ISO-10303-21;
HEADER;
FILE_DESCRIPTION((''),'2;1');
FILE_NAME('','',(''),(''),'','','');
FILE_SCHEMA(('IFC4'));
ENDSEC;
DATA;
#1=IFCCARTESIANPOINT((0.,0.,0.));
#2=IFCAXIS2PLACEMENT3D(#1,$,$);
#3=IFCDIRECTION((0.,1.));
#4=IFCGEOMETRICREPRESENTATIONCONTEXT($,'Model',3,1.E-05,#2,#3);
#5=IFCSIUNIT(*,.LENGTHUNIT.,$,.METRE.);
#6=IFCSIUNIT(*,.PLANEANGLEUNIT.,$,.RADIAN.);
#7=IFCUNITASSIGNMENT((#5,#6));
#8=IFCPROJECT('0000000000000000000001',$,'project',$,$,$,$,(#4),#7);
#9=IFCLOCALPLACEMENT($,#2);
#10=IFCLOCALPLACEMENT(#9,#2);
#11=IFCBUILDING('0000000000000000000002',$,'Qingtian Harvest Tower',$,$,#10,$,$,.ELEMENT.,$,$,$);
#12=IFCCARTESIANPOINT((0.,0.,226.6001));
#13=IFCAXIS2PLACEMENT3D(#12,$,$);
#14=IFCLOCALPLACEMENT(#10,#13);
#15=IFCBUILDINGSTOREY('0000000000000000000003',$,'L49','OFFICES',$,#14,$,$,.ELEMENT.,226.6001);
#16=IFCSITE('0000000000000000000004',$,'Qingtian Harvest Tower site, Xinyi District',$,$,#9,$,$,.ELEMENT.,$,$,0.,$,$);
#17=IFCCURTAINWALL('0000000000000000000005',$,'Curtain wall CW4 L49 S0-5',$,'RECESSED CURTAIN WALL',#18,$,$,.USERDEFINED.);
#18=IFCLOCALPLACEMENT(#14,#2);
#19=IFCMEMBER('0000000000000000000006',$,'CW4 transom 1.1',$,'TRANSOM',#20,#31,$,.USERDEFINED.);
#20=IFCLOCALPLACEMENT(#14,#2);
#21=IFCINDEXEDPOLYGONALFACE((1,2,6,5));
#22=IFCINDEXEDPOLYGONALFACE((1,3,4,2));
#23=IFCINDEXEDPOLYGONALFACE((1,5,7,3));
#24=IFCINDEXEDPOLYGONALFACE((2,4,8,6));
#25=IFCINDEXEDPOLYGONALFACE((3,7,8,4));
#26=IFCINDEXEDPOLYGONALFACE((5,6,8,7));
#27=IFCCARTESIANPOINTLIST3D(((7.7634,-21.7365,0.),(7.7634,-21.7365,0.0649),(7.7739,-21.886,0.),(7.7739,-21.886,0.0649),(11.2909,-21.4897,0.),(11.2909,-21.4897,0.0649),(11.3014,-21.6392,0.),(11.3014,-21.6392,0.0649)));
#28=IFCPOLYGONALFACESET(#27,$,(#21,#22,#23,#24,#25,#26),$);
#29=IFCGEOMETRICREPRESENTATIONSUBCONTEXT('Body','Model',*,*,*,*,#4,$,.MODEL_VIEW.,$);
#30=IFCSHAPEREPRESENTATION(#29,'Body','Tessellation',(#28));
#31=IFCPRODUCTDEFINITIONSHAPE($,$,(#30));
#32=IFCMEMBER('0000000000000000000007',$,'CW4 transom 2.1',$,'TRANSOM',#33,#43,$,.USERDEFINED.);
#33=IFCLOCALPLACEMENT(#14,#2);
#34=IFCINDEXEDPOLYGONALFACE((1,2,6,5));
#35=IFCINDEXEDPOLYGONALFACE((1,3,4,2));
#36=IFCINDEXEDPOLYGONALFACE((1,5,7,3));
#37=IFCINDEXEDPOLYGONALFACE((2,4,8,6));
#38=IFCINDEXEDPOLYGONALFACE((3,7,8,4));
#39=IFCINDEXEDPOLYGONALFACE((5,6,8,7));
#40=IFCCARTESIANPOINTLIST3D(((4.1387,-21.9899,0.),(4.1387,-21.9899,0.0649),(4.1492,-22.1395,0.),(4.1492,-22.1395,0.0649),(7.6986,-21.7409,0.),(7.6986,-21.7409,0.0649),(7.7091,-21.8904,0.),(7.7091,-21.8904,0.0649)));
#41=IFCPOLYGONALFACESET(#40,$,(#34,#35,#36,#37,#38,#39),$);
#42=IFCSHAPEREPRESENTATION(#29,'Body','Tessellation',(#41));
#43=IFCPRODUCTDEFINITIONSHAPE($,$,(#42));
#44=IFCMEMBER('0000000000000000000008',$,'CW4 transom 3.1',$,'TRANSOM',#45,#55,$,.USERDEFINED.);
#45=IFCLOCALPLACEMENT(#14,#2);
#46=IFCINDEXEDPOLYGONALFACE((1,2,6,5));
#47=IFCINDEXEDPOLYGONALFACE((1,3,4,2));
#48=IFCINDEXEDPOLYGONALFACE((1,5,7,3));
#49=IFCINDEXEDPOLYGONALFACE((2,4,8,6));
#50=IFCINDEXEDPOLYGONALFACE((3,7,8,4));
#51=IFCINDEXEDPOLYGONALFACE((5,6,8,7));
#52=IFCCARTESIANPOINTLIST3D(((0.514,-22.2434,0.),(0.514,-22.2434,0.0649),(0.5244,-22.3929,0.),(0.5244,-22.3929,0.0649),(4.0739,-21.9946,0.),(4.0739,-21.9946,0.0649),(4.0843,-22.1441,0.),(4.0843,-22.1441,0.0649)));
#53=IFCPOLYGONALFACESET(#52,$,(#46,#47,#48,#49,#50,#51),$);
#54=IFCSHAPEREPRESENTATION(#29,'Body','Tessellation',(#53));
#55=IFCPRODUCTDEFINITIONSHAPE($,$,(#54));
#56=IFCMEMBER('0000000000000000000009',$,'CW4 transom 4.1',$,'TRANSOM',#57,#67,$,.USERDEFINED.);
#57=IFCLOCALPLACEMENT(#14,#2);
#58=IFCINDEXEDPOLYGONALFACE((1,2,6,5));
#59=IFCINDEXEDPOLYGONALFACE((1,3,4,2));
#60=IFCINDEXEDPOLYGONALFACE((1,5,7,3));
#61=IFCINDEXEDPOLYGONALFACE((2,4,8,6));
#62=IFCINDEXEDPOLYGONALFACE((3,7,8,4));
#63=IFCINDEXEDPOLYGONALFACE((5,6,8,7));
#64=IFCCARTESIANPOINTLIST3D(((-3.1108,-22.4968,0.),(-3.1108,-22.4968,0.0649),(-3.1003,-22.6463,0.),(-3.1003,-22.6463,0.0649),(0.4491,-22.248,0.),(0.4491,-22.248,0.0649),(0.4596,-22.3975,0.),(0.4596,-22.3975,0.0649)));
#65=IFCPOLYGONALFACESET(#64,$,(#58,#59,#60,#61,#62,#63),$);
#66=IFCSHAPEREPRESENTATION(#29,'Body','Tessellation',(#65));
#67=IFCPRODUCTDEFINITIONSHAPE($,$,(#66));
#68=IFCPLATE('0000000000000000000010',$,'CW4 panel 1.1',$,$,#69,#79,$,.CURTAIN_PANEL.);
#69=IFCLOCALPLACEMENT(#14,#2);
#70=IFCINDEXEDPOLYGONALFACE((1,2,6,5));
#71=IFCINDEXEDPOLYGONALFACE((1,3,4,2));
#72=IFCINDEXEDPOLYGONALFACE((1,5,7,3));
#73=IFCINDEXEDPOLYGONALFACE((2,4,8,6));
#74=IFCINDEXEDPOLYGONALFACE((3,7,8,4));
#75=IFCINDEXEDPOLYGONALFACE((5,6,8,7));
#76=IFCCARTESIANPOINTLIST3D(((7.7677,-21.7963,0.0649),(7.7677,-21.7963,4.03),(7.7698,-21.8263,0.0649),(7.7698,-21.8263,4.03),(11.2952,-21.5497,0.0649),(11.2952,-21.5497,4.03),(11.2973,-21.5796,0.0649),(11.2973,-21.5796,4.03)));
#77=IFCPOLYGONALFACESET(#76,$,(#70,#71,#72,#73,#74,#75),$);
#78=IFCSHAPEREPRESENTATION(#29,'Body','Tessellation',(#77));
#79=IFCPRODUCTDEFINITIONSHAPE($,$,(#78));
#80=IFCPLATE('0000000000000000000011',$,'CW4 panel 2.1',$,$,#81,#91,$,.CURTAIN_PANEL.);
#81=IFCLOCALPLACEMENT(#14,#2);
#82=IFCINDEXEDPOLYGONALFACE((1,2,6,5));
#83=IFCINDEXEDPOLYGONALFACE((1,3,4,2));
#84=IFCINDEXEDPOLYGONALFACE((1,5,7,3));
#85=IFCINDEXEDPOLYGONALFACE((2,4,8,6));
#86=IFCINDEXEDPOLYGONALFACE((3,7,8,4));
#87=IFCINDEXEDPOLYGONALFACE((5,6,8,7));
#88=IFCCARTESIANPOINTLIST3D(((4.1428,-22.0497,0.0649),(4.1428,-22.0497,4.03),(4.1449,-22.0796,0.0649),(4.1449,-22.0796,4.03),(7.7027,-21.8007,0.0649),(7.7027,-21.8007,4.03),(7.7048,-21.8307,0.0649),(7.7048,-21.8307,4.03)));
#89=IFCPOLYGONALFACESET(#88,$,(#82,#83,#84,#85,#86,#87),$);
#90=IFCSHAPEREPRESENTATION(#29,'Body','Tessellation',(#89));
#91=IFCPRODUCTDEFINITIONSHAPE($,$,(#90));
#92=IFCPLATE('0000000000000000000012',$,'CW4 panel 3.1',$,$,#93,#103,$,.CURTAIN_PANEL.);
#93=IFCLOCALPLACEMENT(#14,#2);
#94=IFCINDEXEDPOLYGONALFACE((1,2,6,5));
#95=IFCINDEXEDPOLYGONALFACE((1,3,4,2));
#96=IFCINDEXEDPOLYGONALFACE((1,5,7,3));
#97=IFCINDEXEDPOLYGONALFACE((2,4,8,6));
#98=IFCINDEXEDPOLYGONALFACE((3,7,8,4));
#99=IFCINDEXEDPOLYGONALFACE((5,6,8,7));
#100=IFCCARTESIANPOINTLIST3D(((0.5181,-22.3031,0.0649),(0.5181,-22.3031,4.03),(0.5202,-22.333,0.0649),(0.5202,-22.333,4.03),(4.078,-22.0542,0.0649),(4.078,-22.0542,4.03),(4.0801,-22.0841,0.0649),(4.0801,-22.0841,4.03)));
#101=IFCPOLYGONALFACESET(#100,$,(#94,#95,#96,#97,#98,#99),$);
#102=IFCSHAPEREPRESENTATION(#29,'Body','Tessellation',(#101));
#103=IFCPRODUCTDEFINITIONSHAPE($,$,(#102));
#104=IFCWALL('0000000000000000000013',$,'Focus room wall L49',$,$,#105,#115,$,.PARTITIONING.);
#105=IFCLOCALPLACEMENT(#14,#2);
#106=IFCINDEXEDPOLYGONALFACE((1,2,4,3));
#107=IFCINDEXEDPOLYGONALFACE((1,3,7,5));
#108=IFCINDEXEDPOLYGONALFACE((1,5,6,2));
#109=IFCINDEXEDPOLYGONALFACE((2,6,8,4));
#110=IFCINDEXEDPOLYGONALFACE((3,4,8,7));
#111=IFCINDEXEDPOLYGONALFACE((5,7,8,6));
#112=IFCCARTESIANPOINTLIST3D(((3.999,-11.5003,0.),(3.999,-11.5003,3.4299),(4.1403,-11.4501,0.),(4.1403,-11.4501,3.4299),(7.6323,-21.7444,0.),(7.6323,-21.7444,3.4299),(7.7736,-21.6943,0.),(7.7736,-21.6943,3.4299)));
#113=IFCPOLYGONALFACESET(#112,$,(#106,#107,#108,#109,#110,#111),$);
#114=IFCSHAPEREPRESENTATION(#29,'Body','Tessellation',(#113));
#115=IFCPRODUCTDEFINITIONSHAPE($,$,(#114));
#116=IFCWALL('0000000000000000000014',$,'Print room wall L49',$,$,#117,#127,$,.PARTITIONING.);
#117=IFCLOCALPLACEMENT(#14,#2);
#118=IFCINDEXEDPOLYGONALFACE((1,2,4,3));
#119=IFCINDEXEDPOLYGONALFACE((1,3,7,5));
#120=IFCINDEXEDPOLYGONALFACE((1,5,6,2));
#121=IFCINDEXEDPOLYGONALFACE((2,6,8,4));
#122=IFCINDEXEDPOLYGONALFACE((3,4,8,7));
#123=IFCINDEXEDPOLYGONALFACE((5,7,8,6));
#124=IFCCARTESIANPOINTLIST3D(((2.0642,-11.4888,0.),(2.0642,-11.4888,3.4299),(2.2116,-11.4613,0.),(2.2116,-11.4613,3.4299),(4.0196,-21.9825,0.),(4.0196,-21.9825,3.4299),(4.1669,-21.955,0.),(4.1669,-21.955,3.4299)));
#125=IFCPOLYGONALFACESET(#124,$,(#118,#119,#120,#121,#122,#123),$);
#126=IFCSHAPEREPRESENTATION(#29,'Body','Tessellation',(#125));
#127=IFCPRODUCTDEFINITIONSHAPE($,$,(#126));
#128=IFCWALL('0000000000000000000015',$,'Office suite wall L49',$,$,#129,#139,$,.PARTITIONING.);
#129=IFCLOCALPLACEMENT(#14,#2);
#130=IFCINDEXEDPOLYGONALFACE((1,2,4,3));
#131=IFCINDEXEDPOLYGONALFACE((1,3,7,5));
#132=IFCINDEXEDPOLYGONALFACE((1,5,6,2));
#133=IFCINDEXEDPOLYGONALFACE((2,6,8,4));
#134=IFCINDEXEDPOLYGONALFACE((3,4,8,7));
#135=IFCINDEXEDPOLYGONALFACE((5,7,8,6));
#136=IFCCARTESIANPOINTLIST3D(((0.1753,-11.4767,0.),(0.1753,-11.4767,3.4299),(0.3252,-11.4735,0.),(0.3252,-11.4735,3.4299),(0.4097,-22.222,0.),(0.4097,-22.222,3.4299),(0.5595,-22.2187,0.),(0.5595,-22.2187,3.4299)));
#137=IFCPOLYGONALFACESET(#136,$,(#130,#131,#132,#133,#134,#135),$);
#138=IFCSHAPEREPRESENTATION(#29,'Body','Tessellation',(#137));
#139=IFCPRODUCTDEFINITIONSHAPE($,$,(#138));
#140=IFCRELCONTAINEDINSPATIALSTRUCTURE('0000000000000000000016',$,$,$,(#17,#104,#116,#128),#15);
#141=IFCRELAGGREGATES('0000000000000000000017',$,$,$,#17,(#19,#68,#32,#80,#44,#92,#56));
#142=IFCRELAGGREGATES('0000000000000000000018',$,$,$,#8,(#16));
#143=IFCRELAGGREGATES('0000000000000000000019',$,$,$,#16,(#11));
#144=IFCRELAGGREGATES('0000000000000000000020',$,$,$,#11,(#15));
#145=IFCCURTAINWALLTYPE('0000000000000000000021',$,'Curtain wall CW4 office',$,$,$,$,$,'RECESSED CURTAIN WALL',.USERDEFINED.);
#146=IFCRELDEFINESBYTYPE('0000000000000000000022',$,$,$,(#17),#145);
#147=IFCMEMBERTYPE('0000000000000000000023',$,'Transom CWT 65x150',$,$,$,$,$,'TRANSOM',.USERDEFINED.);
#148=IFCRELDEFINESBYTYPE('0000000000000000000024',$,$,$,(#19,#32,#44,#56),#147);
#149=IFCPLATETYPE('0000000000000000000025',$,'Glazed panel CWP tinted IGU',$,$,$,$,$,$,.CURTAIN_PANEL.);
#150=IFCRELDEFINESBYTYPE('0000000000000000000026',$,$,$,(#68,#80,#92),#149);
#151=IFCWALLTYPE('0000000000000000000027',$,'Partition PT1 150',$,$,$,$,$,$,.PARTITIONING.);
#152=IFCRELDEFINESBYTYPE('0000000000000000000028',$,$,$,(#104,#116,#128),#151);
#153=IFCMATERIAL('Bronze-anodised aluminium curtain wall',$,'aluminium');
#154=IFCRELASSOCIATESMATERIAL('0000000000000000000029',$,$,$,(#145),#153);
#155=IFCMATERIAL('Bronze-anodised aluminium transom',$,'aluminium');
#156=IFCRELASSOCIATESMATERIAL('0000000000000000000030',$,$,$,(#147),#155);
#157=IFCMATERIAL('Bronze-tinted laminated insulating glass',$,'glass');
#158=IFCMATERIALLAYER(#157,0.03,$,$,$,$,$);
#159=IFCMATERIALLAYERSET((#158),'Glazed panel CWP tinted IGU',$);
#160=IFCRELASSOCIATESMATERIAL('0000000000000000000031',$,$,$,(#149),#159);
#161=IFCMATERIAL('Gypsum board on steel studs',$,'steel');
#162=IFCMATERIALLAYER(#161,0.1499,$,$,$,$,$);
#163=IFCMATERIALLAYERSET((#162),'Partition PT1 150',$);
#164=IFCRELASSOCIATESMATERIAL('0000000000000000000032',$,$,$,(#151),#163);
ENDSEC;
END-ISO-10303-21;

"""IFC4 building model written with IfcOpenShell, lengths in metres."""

from ifc_helpers import new_model, si_unit, direction, frame, frame_2d, origin, origin_2d, place, context, subcontext, project, spatial, rectangle, extrude, material, layer, layer_set, material_profile, profile_set, type_object, element, aggregate, save


model = new_model("IFC4")

# Units and contexts
model_context = context("Model", 3, precision=1e-05, world=origin(), true_north=direction((0.0, 1.0)))
body_context = subcontext(model_context, "Body", "Model", "MODEL_VIEW")
ifc_project = project(units=[si_unit("LENGTHUNIT", "METRE"), si_unit("PLANEANGLEUNIT", "RADIAN")], contexts=[model_context])

# Site, building, storey
site_placement = place(None, origin())
site = spatial("IfcSite", under=ifc_project, at=site_placement, Name="Qingtian Harvest Tower site, Xinyi District", CompositionType="ELEMENT", RefElevation=0.0)
building_placement = place(site_placement, origin())
building = spatial("IfcBuilding", under=site, at=building_placement, Name="Qingtian Harvest Tower", CompositionType="ELEMENT")
storey_placement = place(building_placement, frame((0.0, 0.0, 226.6001)))
storey = spatial("IfcBuildingStorey", under=building, at=storey_placement, Name="L49", Description="OFFICES", CompositionType="ELEMENT", Elevation=226.6001)

# Curtain wall
ifc_material_1 = material(Name="Bronze-anodised aluminium curtain wall", Category="aluminium")
curtain_wall_type = type_object("IfcCurtainWallType", Name="Curtain wall CW4 office", ElementType="RECESSED CURTAIN WALL", PredefinedType="USERDEFINED", material=ifc_material_1)
curtain_wall_placement = place(storey_placement, origin())
curtain_wall = element("IfcCurtainWall", 1, at=curtain_wall_placement, inside=storey, type_object=curtain_wall_type, Name="Curtain wall CW4 L49 S0-5", ObjectType="RECESSED CURTAIN WALL", PredefinedType="USERDEFINED")

# Members
ifc_material_2 = material(Name="Bronze-anodised aluminium transom", Category="aluminium")
ifc_material_profile_1 = material_profile(ifc_material_2, rectangle(XDim=0.1499, YDim=0.0649, at=origin_2d()), Name="AL 65x150")
ifc_profile_set_1 = profile_set([ifc_material_profile_1], Name="Bronze-anodised aluminium transom")
member_type_1 = type_object("IfcMemberType", Name="Transom CWT 65x150", ElementType="TRANSOM", PredefinedType="USERDEFINED", material=ifc_profile_set_1)
member_1_placement = place(storey_placement, frame((11.2961, -21.5645, 0.0325), z_axis=(-0.997561, -0.0698, 0.0), x_axis=(0.0698, -0.997561, 0.0)))
member_1 = element("IfcMember", 2, at=member_1_placement, type_object=member_type_1, Name="CW4 transom 1.1", ObjectType="TRANSOM", PredefinedType="USERDEFINED", context=body_context, shape_type="SweptSolid", body=[
    extrude(rectangle(XDim=0.1499, YDim=0.0649, at=origin_2d()), origin(), (0.0, 0.0, 1.0), 3.5361),
])
member_2_placement = place(storey_placement, frame((7.7039, -21.8157, 0.0325), z_axis=(-0.997562, -0.069784, 0.0), x_axis=(0.069784, -0.997562, 0.0)))
member_2 = element("IfcMember", 3, at=member_2_placement, type_object=member_type_1, Name="CW4 transom 2.1", ObjectType="TRANSOM", PredefinedType="USERDEFINED", context=body_context, shape_type="SweptSolid", body=[
    extrude(rectangle(XDim=0.1499, YDim=0.0649, at=origin_2d()), origin(), (0.0, 0.0, 1.0), 3.5686),
])
member_3_placement = place(storey_placement, frame((4.0791, -22.0693, 0.0325), z_axis=(-0.997567, -0.069715, 0.0), x_axis=(0.069715, -0.997567, 0.0)))
member_3 = element("IfcMember", 4, at=member_3_placement, type_object=member_type_1, Name="CW4 transom 3.1", ObjectType="TRANSOM", PredefinedType="USERDEFINED", context=body_context, shape_type="SweptSolid", body=[
    extrude(rectangle(XDim=0.1499, YDim=0.0649, at=origin_2d()), origin(), (0.0, 0.0, 1.0), 3.5686),
])
member_4_placement = place(storey_placement, frame((0.4543, -22.3228, 0.0325), z_axis=(-0.997567, -0.069715, 0.0), x_axis=(0.069715, -0.997567, 0.0)))
member_4 = element("IfcMember", 5, at=member_4_placement, type_object=member_type_1, Name="CW4 transom 4.1", ObjectType="TRANSOM", PredefinedType="USERDEFINED", context=body_context, shape_type="SweptSolid", body=[
    extrude(rectangle(XDim=0.1499, YDim=0.0649, at=origin_2d()), origin(), (0.0, 0.0, 1.0), 3.5686),
])

# Plates
ifc_material_3 = material(Name="Bronze-tinted laminated insulating glass", Category="glass")
ifc_layer_1 = layer(ifc_material_3, 0.03)
ifc_layer_set_1 = layer_set([ifc_layer_1], Name="Glazed panel CWP tinted IGU")
plate_type = type_object("IfcPlateType", Name="Glazed panel CWP tinted IGU", PredefinedType="CURTAIN_PANEL", material=ifc_layer_set_1)
plate_1_placement = place(storey_placement, frame((9.5325, -21.688, 0.0649), z_axis=(0.0, 0.0, 1.0), x_axis=(-0.997564, -0.069756, 0.0)))
plate_1 = element("IfcPlate", 6, at=plate_1_placement, type_object=plate_type, Name="CW4 panel 1.1", PredefinedType="CURTAIN_PANEL", context=body_context, shape_type="SweptSolid", body=[
    extrude(rectangle(XDim=3.5361, YDim=0.03, at=origin_2d()), origin(), (0.0, 0.0, 1.0), 3.9651),
])
plate_2_placement = place(storey_placement, frame((5.9238, -21.9402, 0.0649), z_axis=(0.0, 0.0, 1.0), x_axis=(-0.997564, -0.069756, 0.0)))
plate_2 = element("IfcPlate", 7, at=plate_2_placement, type_object=plate_type, Name="CW4 panel 2.1", PredefinedType="CURTAIN_PANEL", context=body_context, shape_type="SweptSolid", body=[
    extrude(rectangle(XDim=3.5686, YDim=0.03, at=origin_2d()), origin(), (0.0, 0.0, 1.0), 3.9651),
])
plate_3_placement = place(storey_placement, frame((2.2991, -22.1936, 0.0649), z_axis=(0.0, 0.0, 1.0), x_axis=(-0.997564, -0.069756, 0.0)))
plate_3 = element("IfcPlate", 8, at=plate_3_placement, type_object=plate_type, Name="CW4 panel 3.1", PredefinedType="CURTAIN_PANEL", context=body_context, shape_type="SweptSolid", body=[
    extrude(rectangle(XDim=3.5686, YDim=0.03, at=origin_2d()), origin(), (0.0, 0.0, 1.0), 3.9651),
])
aggregate(curtain_wall, [member_1, plate_1, member_2, plate_2, member_3, plate_3, member_4])

# Walls
ifc_material_4 = material(Name="Gypsum board on steel studs", Category="steel")
ifc_layer_2 = layer(ifc_material_4, 0.1499)
ifc_layer_set_2 = layer_set([ifc_layer_2], Name="Partition PT1 150")
wall_type = type_object("IfcWallType", Name="Partition PT1 150", PredefinedType="PARTITIONING", material=ifc_layer_set_2)
wall_1_placement = place(storey_placement, frame((7.7029, -21.7192, 0.0), z_axis=(0.0, 0.0, 1.0), x_axis=(-0.33427, 0.942478, 0.0)))
element("IfcWall", 9, at=wall_1_placement, inside=storey, type_object=wall_type, Name="Focus room wall L49", PredefinedType="PARTITIONING", context=body_context, shape_type="SweptSolid", body=[
    extrude(rectangle(XDim=10.8694, YDim=0.1499, at=frame_2d((5.4346, 0.0))), origin(), (0.0, 0.0, 1.0), 3.4299),
])
wall_2_placement = place(storey_placement, frame((4.0933, -21.9688, 0.0), z_axis=(0.0, 0.0, 1.0), x_axis=(-0.183181, 0.983079, 0.0)))
element("IfcWall", 10, at=wall_2_placement, inside=storey, type_object=wall_type, Name="Print room wall L49", PredefinedType="PARTITIONING", context=body_context, shape_type="SweptSolid", body=[
    extrude(rectangle(XDim=10.6743, YDim=0.1499, at=frame_2d((5.3372, 0.0))), origin(), (0.0, 0.0, 1.0), 3.4299),
])
wall_3_placement = place(storey_placement, frame((0.4846, -22.2205, 0.0), z_axis=(0.0, 0.0, 1.0), x_axis=(-0.021807, 0.999762, 0.0)))
element("IfcWall", 11, at=wall_3_placement, inside=storey, type_object=wall_type, Name="Office suite wall L49", PredefinedType="PARTITIONING", context=body_context, shape_type="SweptSolid", body=[
    extrude(rectangle(XDim=10.7478, YDim=0.1499, at=frame_2d((5.374, 0.0))), origin(), (0.0, 0.0, 1.0), 3.4299),
])

save(model, "model.ifc")
